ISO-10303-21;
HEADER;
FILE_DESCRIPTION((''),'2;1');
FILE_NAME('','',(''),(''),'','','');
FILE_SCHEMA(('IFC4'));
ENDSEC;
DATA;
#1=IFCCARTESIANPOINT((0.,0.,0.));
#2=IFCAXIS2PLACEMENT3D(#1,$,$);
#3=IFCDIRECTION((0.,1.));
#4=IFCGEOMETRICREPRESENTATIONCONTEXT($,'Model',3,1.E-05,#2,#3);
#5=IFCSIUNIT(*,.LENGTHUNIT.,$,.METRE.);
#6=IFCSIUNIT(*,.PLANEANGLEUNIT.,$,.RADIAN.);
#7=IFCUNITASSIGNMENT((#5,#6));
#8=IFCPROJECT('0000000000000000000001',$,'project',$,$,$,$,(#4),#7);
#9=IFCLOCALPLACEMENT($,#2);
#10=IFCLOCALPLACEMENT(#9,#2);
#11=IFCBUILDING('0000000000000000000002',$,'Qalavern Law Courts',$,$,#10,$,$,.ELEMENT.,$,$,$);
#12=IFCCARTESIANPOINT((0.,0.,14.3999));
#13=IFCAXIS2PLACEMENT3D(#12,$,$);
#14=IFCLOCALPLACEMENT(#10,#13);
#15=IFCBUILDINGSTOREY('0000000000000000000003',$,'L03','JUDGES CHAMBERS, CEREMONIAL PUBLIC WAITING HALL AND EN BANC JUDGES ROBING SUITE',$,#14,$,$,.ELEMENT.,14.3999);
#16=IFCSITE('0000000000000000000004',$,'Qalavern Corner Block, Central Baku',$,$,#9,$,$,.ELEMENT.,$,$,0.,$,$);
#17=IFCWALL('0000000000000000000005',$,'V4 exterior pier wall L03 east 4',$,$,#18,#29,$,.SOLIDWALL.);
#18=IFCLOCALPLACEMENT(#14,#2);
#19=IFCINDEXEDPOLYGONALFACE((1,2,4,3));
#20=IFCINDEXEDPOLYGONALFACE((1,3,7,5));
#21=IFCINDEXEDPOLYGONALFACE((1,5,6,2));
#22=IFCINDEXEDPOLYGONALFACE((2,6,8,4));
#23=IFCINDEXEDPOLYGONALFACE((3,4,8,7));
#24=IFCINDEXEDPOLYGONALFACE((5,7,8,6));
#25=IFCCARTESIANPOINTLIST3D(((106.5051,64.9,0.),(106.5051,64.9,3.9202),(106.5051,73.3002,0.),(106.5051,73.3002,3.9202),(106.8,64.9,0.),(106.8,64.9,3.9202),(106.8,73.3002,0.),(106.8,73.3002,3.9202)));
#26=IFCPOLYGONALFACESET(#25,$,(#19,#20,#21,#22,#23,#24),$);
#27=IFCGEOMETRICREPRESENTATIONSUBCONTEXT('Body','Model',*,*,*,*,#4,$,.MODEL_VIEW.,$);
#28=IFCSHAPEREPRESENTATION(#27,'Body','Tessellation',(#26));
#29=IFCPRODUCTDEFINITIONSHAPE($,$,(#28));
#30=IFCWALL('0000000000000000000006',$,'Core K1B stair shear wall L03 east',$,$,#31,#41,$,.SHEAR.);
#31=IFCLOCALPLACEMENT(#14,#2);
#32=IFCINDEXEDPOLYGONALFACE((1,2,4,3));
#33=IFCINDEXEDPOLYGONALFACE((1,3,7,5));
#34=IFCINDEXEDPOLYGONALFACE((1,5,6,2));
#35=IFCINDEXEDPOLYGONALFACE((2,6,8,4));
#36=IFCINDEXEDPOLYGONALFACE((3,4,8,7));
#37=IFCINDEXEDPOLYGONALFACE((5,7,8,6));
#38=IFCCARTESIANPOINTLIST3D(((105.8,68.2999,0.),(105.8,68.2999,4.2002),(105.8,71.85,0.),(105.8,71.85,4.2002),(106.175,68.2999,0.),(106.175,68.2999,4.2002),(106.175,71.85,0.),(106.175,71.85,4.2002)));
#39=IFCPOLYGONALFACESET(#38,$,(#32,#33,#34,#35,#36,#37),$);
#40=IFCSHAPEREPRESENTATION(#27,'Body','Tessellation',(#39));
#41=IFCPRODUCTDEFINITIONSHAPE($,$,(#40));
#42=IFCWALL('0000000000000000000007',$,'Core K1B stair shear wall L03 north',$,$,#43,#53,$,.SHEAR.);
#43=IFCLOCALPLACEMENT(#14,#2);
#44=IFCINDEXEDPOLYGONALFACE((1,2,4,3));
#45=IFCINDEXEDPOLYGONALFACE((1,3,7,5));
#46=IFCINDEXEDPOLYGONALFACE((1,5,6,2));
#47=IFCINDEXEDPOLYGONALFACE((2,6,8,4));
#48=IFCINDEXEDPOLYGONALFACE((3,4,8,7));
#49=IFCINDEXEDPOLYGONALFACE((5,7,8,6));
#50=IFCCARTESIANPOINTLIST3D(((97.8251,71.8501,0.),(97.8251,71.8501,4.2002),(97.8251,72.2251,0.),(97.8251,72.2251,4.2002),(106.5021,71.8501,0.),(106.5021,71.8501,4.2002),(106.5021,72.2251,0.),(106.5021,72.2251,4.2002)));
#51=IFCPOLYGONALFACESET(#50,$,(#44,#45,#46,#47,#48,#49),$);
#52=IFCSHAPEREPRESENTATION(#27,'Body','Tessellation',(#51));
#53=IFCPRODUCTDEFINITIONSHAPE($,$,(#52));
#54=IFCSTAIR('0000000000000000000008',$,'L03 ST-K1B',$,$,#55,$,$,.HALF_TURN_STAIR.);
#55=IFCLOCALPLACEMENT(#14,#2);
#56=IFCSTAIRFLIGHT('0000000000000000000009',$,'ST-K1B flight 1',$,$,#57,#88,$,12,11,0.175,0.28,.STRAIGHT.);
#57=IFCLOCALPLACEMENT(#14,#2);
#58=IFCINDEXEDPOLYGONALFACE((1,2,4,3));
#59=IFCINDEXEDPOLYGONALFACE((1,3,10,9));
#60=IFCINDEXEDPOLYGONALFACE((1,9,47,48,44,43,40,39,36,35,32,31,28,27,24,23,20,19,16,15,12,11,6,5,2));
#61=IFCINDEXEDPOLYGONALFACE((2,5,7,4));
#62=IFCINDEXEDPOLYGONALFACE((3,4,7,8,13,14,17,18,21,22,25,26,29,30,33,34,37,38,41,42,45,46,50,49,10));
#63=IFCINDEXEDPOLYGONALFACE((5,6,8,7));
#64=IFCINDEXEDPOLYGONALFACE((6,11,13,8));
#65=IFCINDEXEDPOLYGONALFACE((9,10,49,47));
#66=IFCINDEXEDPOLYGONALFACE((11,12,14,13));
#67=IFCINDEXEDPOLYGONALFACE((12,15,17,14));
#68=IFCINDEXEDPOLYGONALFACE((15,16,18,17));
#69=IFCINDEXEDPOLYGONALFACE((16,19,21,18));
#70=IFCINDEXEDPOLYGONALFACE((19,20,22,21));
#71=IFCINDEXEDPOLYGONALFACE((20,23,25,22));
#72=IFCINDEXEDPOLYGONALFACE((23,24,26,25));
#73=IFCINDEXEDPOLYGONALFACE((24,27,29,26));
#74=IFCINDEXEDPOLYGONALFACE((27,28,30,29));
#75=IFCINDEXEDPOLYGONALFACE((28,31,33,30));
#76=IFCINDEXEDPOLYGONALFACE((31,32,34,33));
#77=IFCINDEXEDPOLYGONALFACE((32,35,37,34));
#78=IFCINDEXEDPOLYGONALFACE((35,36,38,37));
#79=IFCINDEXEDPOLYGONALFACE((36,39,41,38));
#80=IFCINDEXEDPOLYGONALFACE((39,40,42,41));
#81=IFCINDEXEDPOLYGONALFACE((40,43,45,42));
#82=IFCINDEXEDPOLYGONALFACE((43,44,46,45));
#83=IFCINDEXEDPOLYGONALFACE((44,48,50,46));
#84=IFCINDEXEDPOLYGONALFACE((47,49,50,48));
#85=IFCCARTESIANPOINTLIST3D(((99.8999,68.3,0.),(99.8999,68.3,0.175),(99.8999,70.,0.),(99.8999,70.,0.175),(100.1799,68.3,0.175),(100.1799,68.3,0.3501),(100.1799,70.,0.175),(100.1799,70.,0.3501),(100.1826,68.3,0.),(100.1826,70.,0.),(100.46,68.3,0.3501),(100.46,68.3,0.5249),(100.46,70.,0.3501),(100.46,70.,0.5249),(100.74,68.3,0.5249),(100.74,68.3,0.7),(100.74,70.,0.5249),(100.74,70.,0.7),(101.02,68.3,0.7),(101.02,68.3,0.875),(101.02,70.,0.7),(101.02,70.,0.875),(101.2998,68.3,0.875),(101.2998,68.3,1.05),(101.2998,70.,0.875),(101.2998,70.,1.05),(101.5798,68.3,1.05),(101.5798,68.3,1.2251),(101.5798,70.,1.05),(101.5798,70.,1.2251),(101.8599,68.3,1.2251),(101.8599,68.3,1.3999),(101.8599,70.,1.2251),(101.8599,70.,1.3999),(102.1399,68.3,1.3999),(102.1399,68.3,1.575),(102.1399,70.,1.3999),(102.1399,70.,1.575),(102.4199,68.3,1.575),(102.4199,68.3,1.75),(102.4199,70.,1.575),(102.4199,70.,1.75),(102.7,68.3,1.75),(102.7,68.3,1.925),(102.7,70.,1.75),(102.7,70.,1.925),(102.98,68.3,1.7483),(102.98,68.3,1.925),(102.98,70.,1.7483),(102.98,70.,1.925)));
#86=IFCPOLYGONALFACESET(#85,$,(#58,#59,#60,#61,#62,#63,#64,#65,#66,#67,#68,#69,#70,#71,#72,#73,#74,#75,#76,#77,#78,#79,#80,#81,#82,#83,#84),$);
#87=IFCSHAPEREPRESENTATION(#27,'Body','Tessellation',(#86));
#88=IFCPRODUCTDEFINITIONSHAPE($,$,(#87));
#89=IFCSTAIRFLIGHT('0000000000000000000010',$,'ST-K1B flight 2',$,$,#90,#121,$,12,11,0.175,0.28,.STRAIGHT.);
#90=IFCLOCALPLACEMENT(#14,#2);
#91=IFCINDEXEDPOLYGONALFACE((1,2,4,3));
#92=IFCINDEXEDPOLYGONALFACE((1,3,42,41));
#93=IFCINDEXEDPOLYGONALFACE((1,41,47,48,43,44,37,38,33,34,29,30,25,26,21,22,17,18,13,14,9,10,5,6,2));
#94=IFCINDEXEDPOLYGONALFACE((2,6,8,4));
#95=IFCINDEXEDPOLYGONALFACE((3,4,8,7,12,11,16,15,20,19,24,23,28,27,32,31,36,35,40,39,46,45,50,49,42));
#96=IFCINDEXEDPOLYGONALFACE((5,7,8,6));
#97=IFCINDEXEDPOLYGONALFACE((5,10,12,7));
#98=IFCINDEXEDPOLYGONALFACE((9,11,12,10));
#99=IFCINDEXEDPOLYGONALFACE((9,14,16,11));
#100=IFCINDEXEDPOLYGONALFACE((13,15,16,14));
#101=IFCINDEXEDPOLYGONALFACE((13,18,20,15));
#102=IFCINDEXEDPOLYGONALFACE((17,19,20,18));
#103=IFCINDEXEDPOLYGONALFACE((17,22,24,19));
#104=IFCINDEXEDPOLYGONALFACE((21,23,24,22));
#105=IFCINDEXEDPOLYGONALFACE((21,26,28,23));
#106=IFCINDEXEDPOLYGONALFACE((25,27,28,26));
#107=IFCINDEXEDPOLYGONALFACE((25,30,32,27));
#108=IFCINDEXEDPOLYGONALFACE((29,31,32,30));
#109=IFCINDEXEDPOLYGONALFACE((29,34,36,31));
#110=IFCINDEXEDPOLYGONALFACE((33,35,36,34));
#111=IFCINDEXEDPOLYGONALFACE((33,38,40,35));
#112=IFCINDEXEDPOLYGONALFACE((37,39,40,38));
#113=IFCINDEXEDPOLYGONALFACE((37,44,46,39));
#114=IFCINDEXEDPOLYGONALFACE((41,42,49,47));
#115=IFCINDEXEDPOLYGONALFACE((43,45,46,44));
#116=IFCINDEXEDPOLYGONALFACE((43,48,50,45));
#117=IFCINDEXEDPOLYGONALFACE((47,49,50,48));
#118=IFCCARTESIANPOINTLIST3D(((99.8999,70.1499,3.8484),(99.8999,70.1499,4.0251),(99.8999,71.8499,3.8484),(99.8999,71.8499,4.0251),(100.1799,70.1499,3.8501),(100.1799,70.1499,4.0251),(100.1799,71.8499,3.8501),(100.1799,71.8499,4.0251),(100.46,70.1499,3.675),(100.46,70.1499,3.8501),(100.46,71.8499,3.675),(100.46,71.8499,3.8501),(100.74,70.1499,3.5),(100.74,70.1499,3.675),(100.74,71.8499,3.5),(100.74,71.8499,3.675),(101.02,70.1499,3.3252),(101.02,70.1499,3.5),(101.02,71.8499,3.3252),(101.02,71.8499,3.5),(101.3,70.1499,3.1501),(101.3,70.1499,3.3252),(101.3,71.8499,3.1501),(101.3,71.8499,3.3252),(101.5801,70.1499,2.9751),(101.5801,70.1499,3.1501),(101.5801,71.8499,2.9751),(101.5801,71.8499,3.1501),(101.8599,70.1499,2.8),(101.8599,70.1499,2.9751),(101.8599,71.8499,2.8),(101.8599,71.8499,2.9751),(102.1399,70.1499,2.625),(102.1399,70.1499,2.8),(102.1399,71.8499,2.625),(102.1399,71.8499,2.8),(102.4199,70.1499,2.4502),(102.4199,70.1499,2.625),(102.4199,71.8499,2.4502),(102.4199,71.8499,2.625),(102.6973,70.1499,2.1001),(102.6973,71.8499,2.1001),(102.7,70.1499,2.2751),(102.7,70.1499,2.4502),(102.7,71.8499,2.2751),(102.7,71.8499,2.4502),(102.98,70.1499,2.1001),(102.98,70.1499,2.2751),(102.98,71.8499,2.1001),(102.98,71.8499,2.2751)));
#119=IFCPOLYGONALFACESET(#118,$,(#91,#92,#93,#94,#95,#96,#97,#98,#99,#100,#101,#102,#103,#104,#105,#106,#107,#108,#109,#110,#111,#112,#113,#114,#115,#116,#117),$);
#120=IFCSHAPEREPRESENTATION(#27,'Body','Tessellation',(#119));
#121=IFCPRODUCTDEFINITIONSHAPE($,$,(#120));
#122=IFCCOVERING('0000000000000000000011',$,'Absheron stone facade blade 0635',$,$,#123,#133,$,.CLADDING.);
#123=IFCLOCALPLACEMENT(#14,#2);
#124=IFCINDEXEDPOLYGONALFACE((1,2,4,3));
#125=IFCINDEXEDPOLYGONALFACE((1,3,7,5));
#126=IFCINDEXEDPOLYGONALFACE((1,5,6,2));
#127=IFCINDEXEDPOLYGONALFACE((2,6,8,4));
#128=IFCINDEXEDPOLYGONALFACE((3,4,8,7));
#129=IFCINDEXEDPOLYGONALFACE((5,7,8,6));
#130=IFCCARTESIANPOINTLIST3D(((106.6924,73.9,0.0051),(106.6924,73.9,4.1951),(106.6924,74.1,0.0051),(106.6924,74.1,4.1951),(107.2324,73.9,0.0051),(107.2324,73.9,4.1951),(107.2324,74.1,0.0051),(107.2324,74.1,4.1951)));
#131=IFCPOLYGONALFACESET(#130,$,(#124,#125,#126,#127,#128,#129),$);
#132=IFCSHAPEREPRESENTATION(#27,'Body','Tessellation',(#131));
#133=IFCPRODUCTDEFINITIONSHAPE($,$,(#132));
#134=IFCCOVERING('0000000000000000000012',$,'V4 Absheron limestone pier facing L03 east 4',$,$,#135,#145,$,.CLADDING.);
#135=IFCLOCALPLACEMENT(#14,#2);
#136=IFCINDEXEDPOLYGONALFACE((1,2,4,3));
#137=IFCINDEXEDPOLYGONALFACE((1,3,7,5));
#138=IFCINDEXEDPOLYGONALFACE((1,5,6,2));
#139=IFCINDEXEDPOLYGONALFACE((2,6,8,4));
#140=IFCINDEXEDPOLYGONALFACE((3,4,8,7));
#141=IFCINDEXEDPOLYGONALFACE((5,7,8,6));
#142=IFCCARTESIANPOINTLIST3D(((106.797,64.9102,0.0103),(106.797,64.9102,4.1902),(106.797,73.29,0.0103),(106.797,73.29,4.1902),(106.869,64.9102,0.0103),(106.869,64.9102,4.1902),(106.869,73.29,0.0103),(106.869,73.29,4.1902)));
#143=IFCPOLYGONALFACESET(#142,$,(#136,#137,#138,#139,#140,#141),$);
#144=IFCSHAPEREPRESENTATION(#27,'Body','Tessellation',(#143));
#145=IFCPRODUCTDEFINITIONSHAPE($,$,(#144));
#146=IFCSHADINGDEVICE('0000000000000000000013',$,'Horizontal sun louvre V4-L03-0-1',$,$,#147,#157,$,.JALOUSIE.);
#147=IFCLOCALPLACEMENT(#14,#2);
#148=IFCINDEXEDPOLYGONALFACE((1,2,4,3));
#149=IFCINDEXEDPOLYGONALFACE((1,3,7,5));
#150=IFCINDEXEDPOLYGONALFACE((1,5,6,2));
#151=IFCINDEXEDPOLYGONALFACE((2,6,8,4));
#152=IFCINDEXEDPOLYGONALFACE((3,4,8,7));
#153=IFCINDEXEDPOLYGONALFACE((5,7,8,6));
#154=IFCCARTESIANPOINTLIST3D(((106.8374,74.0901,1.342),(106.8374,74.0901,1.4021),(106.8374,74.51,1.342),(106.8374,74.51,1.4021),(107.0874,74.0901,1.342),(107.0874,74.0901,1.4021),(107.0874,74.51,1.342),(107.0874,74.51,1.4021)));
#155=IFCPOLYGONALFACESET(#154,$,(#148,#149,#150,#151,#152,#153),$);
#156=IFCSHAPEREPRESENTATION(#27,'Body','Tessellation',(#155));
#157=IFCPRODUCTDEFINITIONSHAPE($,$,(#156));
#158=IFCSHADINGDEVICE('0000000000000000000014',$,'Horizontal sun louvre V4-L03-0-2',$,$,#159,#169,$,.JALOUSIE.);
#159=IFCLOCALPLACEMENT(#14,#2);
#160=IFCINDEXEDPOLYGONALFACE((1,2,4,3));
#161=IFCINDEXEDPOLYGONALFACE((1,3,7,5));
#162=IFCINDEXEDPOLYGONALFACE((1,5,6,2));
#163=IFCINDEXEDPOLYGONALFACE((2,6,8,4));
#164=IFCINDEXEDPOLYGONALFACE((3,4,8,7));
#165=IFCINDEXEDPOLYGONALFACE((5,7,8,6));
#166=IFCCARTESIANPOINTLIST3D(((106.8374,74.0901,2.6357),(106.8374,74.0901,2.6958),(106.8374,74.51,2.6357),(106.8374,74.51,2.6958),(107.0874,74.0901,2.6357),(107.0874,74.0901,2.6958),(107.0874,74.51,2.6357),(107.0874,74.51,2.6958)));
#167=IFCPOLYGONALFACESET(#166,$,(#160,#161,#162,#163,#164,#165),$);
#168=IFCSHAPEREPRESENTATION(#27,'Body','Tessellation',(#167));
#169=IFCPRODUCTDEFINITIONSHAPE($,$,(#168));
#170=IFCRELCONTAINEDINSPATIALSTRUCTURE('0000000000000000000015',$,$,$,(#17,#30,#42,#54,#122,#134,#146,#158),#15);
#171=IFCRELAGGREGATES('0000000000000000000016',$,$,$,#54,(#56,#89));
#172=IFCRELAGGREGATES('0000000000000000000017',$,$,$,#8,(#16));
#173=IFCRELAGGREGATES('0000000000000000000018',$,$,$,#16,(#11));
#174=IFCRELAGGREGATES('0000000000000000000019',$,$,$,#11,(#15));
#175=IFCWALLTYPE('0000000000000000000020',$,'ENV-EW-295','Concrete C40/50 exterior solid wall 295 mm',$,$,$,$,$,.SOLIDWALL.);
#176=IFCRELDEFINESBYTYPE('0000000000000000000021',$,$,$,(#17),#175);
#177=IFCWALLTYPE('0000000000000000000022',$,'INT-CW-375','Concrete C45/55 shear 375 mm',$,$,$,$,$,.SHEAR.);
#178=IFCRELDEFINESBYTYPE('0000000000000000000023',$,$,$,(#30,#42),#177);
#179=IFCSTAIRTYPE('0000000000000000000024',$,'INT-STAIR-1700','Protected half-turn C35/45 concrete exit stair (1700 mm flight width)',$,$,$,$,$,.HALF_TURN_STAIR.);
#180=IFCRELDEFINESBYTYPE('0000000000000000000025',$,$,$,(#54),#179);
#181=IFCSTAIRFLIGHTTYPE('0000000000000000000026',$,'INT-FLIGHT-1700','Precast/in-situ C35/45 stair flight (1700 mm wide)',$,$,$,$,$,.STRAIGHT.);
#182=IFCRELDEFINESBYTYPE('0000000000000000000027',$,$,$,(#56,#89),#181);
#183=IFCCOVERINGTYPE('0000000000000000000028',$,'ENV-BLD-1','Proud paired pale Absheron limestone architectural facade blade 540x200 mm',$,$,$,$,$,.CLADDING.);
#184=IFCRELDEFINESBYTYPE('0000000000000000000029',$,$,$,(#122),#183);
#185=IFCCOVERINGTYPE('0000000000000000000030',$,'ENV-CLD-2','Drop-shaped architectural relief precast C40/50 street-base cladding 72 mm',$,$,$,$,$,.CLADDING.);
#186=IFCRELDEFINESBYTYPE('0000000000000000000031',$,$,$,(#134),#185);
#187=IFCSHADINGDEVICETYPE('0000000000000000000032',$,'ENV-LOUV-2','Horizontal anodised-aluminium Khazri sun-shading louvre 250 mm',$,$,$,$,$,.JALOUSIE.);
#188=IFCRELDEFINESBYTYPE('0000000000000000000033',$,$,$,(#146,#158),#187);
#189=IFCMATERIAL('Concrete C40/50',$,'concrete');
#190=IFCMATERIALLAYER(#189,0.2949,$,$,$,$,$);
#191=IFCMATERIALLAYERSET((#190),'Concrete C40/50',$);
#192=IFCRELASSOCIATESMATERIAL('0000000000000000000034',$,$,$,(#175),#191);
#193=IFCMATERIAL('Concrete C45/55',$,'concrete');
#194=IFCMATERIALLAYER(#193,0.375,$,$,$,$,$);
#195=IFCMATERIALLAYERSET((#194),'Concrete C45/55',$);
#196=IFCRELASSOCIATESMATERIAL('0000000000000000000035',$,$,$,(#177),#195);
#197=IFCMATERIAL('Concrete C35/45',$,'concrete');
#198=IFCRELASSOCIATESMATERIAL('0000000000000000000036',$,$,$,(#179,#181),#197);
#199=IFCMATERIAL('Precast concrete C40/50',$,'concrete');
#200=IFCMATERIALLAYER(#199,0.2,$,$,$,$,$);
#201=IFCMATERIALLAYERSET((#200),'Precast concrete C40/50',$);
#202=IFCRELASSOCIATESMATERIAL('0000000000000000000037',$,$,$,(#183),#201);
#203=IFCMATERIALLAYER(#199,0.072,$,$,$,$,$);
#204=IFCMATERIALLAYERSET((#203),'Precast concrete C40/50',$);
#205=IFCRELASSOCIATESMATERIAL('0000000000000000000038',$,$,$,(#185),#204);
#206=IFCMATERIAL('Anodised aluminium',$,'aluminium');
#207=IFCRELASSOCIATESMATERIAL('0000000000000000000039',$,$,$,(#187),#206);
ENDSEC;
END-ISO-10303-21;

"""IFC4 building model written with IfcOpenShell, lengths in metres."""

from ifc_helpers import new_model, si_unit, direction, frame, frame_2d, origin, origin_2d, place, context, subcontext, project, spatial, polyline, rectangle, outline, extrude, material, layer, layer_set, type_object, element, aggregate, save


model = new_model("IFC4")

# Units and contexts
model_context = context("Model", 3, precision=1e-05, world=origin(), true_north=direction((0.0, 1.0)))
body_context = subcontext(model_context, "Body", "Model", "MODEL_VIEW")
ifc_project = project(units=[si_unit("LENGTHUNIT", "METRE"), si_unit("PLANEANGLEUNIT", "RADIAN")], contexts=[model_context])

# Site, building, storey
site_placement = place(None, origin())
site = spatial("IfcSite", under=ifc_project, at=site_placement, Name="Qalavern Corner Block, Central Baku", CompositionType="ELEMENT", RefElevation=0.0)
building_placement = place(site_placement, origin())
building = spatial("IfcBuilding", under=site, at=building_placement, Name="Qalavern Law Courts", CompositionType="ELEMENT")
storey_placement = place(building_placement, frame((0.0, 0.0, 14.3999)))
storey = spatial("IfcBuildingStorey", under=building, at=storey_placement, Name="L03", Description="JUDGES CHAMBERS, CEREMONIAL PUBLIC WAITING HALL AND EN BANC JUDGES ROBING SUITE", CompositionType="ELEMENT", Elevation=14.3999)

# Shared definitions
ifc_material_1 = material(Name="Concrete C45/55", Category="concrete")

# Shared definitions
ifc_material_2 = material(Name="Anodised aluminium", Category="aluminium")

# Walls
ifc_material_3 = material(Name="Concrete C40/50", Category="concrete")
ifc_layer_1 = layer(ifc_material_3, 0.2949)
ifc_layer_set_1 = layer_set([ifc_layer_1], Name="Concrete C40/50")
wall_type_1 = type_object("IfcWallType", Name="ENV-EW-295", Description="Concrete C40/50 exterior solid wall 295 mm", PredefinedType="SOLIDWALL", material=ifc_layer_set_1)
wall_1_placement = place(storey_placement, frame((106.6526, 64.8999, 0.0), z_axis=(0.0, 0.0, 1.0), x_axis=(0.0, 1.0, 0.0)))
element("IfcWall", 1, at=wall_1_placement, inside=storey, type_object=wall_type_1, Name="V4 exterior pier wall L03 east 4", PredefinedType="SOLIDWALL", context=body_context, shape_type="SweptSolid", body=[
    extrude(rectangle(XDim=8.4001, YDim=0.2949, at=frame_2d((4.2002, 0.0))), origin(), (0.0, 0.0, 1.0), 3.9202),
])
ifc_layer_2 = layer(ifc_material_1, 0.375)
ifc_layer_set_2 = layer_set([ifc_layer_2], Name="Concrete C45/55")
wall_type_2 = type_object("IfcWallType", Name="INT-CW-375", Description="Concrete C45/55 shear 375 mm", PredefinedType="SHEAR", material=ifc_layer_set_2)
wall_2_placement = place(storey_placement, frame((105.9875, 68.3, 0.0), z_axis=(0.0, 0.0, 1.0), x_axis=(0.0, 1.0, 0.0)))
element("IfcWall", 2, at=wall_2_placement, inside=storey, type_object=wall_type_2, Name="Core K1B stair shear wall L03 east", PredefinedType="SHEAR", context=body_context, shape_type="SweptSolid", body=[
    extrude(rectangle(XDim=3.55, YDim=0.375, at=frame_2d((1.7749, 0.0))), origin(), (0.0, 0.0, 1.0), 4.2002),
])
wall_3_placement = place(storey_placement, frame((106.502, 72.0376, 0.0), z_axis=(0.0, 0.0, 1.0), x_axis=(-1.0, 0.0, 0.0)))
element("IfcWall", 3, at=wall_3_placement, inside=storey, type_object=wall_type_2, Name="Core K1B stair shear wall L03 north", PredefinedType="SHEAR", context=body_context, shape_type="SweptSolid", body=[
    extrude(rectangle(XDim=8.677, YDim=0.375, at=frame_2d((4.3384, 0.0))), origin(), (0.0, 0.0, 1.0), 4.2002),
])

# Stair, stair flights
ifc_material_4 = material(Name="Concrete C35/45", Category="concrete")
stair_type = type_object("IfcStairType", Name="INT-STAIR-1700", Description="Protected half-turn C35/45 concrete exit stair (1700 mm flight width)", PredefinedType="HALF_TURN_STAIR", material=ifc_material_4)
stair_placement = place(storey_placement, origin())
stair = element("IfcStair", 4, at=stair_placement, inside=storey, type_object=stair_type, Name="L03 ST-K1B", PredefinedType="HALF_TURN_STAIR")
stair_flight_type = type_object("IfcStairFlightType", Name="INT-FLIGHT-1700", Description="Precast/in-situ C35/45 stair flight (1700 mm wide)", PredefinedType="STRAIGHT", material=ifc_material_4)
stair_flight_1_placement = place(storey_placement, frame((99.8999, 69.1499, 0.0), z_axis=(0.0, 0.0, 1.0), x_axis=(1.0, 0.0, 0.0)))
stair_flight_1 = element("IfcStairFlight", 5, at=stair_flight_1_placement, type_object=stair_flight_type, Name="ST-K1B flight 1", NumberOfRisers=12, NumberOfTreads=11, PredefinedType="STRAIGHT", RiserHeight=0.175, TreadLength=0.28, context=body_context, shape_type="SweptSolid", body=[
    extrude(outline(polyline([(0.0, 0.0), (0.0, 0.175), (0.28, 0.175), (0.28, 0.3501), (0.5601, 0.3501), (0.5601, 0.5249), (0.8401, 0.5249), (0.8401, 0.7), (1.1201, 0.7), (1.1201, 0.875), (1.3999, 0.875), (1.3999, 1.05), (1.6799, 1.05), (1.6799, 1.2251), (1.96, 1.2251), (1.96, 1.3999), (2.24, 1.3999), (2.24, 1.575), (2.52, 1.575), (2.52, 1.75), (2.8, 1.75), (2.8, 1.925), (3.0801, 1.925), (3.0801, 2.1001), (3.0801, 1.7483), (0.2827, 0.0), (0.0, 0.0)])), frame((0.0, 0.8501, 0.0), z_axis=(0.0, -1.0, 0.0), x_axis=(1.0, 0.0, 0.0)), (0.0, 0.0, 1.0), 1.7),
])
stair_flight_2_placement = place(storey_placement, frame((102.98, 71.0, 2.1001), z_axis=(0.0, 0.0, 1.0), x_axis=(-1.0, 0.0, 0.0)))
stair_flight_2 = element("IfcStairFlight", 6, at=stair_flight_2_placement, type_object=stair_flight_type, Name="ST-K1B flight 2", NumberOfRisers=12, NumberOfTreads=11, PredefinedType="STRAIGHT", RiserHeight=0.175, TreadLength=0.28, context=body_context, shape_type="SweptSolid", body=[
    extrude(outline(polyline([(0.0, 0.0), (0.0, 0.175), (0.28, 0.175), (0.28, 0.3501), (0.5601, 0.3501), (0.5601, 0.5249), (0.8401, 0.5249), (0.8401, 0.7), (1.1201, 0.7), (1.1201, 0.875), (1.3999, 0.875), (1.3999, 1.05), (1.6799, 1.05), (1.6799, 1.2251), (1.96, 1.2251), (1.96, 1.3999), (2.24, 1.3999), (2.24, 1.575), (2.52, 1.575), (2.52, 1.75), (2.8, 1.75), (2.8, 1.925), (3.0801, 1.925), (3.0801, 2.1001), (3.0801, 1.7483), (0.2827, 0.0), (0.0, 0.0)])), frame((0.0, 0.8501, 0.0), z_axis=(0.0, -1.0, 0.0), x_axis=(1.0, 0.0, 0.0)), (0.0, 0.0, 1.0), 1.7),
])
aggregate(stair, [stair_flight_1, stair_flight_2])

# Coverings
ifc_material_5 = material(Name="Precast concrete C40/50", Category="concrete")
ifc_layer_3 = layer(ifc_material_5, 0.2)
ifc_layer_set_3 = layer_set([ifc_layer_3], Name="Precast concrete C40/50")
covering_type_1 = type_object("IfcCoveringType", Name="ENV-BLD-1", Description="Proud paired pale Absheron limestone architectural facade blade 540x200 mm", PredefinedType="CLADDING", material=ifc_layer_set_3)
covering_1_placement = place(storey_placement, frame((106.9624, 74.0, 0.0051), z_axis=(0.0, 0.0, 1.0), x_axis=(1.0, 0.0, 0.0)))
element("IfcCovering", 7, at=covering_1_placement, inside=storey, type_object=covering_type_1, Name="Absheron stone facade blade 0635", PredefinedType="CLADDING", context=body_context, shape_type="SweptSolid", body=[
    extrude(rectangle(XDim=0.54, YDim=0.2, at=origin_2d()), origin(), (0.0, 0.0, 1.0), 4.1899),
])
ifc_layer_4 = layer(ifc_material_5, 0.072)
ifc_layer_set_4 = layer_set([ifc_layer_4], Name="Precast concrete C40/50")
covering_type_2 = type_object("IfcCoveringType", Name="ENV-CLD-2", Description="Drop-shaped architectural relief precast C40/50 street-base cladding 72 mm", PredefinedType="CLADDING", material=ifc_layer_set_4)
covering_2_placement = place(storey_placement, frame((106.833, 69.1001, 0.0103), z_axis=(0.0, 0.0, 1.0), x_axis=(0.0, 1.0, 0.0)))
element("IfcCovering", 8, at=covering_2_placement, inside=storey, type_object=covering_type_2, Name="V4 Absheron limestone pier facing L03 east 4", PredefinedType="CLADDING", context=body_context, shape_type="SweptSolid", body=[
    extrude(rectangle(XDim=8.3799, YDim=0.072, at=origin_2d()), origin(), (0.0, 0.0, 1.0), 4.1799),
])

# Shading devices
shading_device_type = type_object("IfcShadingDeviceType", Name="ENV-LOUV-2", Description="Horizontal anodised-aluminium Khazri sun-shading louvre 250 mm", PredefinedType="JALOUSIE", material=ifc_material_2)
for number, where, z_axis, x_axis, name in (
    (9, (106.9624, 74.3, 1.342), (0.0, 0.0, 1.0), (0.0, 1.0, 0.0), "Horizontal sun louvre V4-L03-0-1"),
    (10, (106.9624, 74.3, 2.6357), (0.0, 0.0, 1.0), (0.0, 1.0, 0.0), "Horizontal sun louvre V4-L03-0-2"),
):
    element("IfcShadingDevice", number, at=place(storey_placement, frame(where, z_axis=z_axis, x_axis=x_axis)), inside=storey, type_object=shading_device_type, Name=name, PredefinedType="JALOUSIE", context=body_context, shape_type="SweptSolid", body=[
        extrude(rectangle(XDim=0.4199, YDim=0.25, at=origin_2d()), origin(), (0.0, 0.0, 1.0), 0.0601),
    ])

save(model, "model.ifc")
